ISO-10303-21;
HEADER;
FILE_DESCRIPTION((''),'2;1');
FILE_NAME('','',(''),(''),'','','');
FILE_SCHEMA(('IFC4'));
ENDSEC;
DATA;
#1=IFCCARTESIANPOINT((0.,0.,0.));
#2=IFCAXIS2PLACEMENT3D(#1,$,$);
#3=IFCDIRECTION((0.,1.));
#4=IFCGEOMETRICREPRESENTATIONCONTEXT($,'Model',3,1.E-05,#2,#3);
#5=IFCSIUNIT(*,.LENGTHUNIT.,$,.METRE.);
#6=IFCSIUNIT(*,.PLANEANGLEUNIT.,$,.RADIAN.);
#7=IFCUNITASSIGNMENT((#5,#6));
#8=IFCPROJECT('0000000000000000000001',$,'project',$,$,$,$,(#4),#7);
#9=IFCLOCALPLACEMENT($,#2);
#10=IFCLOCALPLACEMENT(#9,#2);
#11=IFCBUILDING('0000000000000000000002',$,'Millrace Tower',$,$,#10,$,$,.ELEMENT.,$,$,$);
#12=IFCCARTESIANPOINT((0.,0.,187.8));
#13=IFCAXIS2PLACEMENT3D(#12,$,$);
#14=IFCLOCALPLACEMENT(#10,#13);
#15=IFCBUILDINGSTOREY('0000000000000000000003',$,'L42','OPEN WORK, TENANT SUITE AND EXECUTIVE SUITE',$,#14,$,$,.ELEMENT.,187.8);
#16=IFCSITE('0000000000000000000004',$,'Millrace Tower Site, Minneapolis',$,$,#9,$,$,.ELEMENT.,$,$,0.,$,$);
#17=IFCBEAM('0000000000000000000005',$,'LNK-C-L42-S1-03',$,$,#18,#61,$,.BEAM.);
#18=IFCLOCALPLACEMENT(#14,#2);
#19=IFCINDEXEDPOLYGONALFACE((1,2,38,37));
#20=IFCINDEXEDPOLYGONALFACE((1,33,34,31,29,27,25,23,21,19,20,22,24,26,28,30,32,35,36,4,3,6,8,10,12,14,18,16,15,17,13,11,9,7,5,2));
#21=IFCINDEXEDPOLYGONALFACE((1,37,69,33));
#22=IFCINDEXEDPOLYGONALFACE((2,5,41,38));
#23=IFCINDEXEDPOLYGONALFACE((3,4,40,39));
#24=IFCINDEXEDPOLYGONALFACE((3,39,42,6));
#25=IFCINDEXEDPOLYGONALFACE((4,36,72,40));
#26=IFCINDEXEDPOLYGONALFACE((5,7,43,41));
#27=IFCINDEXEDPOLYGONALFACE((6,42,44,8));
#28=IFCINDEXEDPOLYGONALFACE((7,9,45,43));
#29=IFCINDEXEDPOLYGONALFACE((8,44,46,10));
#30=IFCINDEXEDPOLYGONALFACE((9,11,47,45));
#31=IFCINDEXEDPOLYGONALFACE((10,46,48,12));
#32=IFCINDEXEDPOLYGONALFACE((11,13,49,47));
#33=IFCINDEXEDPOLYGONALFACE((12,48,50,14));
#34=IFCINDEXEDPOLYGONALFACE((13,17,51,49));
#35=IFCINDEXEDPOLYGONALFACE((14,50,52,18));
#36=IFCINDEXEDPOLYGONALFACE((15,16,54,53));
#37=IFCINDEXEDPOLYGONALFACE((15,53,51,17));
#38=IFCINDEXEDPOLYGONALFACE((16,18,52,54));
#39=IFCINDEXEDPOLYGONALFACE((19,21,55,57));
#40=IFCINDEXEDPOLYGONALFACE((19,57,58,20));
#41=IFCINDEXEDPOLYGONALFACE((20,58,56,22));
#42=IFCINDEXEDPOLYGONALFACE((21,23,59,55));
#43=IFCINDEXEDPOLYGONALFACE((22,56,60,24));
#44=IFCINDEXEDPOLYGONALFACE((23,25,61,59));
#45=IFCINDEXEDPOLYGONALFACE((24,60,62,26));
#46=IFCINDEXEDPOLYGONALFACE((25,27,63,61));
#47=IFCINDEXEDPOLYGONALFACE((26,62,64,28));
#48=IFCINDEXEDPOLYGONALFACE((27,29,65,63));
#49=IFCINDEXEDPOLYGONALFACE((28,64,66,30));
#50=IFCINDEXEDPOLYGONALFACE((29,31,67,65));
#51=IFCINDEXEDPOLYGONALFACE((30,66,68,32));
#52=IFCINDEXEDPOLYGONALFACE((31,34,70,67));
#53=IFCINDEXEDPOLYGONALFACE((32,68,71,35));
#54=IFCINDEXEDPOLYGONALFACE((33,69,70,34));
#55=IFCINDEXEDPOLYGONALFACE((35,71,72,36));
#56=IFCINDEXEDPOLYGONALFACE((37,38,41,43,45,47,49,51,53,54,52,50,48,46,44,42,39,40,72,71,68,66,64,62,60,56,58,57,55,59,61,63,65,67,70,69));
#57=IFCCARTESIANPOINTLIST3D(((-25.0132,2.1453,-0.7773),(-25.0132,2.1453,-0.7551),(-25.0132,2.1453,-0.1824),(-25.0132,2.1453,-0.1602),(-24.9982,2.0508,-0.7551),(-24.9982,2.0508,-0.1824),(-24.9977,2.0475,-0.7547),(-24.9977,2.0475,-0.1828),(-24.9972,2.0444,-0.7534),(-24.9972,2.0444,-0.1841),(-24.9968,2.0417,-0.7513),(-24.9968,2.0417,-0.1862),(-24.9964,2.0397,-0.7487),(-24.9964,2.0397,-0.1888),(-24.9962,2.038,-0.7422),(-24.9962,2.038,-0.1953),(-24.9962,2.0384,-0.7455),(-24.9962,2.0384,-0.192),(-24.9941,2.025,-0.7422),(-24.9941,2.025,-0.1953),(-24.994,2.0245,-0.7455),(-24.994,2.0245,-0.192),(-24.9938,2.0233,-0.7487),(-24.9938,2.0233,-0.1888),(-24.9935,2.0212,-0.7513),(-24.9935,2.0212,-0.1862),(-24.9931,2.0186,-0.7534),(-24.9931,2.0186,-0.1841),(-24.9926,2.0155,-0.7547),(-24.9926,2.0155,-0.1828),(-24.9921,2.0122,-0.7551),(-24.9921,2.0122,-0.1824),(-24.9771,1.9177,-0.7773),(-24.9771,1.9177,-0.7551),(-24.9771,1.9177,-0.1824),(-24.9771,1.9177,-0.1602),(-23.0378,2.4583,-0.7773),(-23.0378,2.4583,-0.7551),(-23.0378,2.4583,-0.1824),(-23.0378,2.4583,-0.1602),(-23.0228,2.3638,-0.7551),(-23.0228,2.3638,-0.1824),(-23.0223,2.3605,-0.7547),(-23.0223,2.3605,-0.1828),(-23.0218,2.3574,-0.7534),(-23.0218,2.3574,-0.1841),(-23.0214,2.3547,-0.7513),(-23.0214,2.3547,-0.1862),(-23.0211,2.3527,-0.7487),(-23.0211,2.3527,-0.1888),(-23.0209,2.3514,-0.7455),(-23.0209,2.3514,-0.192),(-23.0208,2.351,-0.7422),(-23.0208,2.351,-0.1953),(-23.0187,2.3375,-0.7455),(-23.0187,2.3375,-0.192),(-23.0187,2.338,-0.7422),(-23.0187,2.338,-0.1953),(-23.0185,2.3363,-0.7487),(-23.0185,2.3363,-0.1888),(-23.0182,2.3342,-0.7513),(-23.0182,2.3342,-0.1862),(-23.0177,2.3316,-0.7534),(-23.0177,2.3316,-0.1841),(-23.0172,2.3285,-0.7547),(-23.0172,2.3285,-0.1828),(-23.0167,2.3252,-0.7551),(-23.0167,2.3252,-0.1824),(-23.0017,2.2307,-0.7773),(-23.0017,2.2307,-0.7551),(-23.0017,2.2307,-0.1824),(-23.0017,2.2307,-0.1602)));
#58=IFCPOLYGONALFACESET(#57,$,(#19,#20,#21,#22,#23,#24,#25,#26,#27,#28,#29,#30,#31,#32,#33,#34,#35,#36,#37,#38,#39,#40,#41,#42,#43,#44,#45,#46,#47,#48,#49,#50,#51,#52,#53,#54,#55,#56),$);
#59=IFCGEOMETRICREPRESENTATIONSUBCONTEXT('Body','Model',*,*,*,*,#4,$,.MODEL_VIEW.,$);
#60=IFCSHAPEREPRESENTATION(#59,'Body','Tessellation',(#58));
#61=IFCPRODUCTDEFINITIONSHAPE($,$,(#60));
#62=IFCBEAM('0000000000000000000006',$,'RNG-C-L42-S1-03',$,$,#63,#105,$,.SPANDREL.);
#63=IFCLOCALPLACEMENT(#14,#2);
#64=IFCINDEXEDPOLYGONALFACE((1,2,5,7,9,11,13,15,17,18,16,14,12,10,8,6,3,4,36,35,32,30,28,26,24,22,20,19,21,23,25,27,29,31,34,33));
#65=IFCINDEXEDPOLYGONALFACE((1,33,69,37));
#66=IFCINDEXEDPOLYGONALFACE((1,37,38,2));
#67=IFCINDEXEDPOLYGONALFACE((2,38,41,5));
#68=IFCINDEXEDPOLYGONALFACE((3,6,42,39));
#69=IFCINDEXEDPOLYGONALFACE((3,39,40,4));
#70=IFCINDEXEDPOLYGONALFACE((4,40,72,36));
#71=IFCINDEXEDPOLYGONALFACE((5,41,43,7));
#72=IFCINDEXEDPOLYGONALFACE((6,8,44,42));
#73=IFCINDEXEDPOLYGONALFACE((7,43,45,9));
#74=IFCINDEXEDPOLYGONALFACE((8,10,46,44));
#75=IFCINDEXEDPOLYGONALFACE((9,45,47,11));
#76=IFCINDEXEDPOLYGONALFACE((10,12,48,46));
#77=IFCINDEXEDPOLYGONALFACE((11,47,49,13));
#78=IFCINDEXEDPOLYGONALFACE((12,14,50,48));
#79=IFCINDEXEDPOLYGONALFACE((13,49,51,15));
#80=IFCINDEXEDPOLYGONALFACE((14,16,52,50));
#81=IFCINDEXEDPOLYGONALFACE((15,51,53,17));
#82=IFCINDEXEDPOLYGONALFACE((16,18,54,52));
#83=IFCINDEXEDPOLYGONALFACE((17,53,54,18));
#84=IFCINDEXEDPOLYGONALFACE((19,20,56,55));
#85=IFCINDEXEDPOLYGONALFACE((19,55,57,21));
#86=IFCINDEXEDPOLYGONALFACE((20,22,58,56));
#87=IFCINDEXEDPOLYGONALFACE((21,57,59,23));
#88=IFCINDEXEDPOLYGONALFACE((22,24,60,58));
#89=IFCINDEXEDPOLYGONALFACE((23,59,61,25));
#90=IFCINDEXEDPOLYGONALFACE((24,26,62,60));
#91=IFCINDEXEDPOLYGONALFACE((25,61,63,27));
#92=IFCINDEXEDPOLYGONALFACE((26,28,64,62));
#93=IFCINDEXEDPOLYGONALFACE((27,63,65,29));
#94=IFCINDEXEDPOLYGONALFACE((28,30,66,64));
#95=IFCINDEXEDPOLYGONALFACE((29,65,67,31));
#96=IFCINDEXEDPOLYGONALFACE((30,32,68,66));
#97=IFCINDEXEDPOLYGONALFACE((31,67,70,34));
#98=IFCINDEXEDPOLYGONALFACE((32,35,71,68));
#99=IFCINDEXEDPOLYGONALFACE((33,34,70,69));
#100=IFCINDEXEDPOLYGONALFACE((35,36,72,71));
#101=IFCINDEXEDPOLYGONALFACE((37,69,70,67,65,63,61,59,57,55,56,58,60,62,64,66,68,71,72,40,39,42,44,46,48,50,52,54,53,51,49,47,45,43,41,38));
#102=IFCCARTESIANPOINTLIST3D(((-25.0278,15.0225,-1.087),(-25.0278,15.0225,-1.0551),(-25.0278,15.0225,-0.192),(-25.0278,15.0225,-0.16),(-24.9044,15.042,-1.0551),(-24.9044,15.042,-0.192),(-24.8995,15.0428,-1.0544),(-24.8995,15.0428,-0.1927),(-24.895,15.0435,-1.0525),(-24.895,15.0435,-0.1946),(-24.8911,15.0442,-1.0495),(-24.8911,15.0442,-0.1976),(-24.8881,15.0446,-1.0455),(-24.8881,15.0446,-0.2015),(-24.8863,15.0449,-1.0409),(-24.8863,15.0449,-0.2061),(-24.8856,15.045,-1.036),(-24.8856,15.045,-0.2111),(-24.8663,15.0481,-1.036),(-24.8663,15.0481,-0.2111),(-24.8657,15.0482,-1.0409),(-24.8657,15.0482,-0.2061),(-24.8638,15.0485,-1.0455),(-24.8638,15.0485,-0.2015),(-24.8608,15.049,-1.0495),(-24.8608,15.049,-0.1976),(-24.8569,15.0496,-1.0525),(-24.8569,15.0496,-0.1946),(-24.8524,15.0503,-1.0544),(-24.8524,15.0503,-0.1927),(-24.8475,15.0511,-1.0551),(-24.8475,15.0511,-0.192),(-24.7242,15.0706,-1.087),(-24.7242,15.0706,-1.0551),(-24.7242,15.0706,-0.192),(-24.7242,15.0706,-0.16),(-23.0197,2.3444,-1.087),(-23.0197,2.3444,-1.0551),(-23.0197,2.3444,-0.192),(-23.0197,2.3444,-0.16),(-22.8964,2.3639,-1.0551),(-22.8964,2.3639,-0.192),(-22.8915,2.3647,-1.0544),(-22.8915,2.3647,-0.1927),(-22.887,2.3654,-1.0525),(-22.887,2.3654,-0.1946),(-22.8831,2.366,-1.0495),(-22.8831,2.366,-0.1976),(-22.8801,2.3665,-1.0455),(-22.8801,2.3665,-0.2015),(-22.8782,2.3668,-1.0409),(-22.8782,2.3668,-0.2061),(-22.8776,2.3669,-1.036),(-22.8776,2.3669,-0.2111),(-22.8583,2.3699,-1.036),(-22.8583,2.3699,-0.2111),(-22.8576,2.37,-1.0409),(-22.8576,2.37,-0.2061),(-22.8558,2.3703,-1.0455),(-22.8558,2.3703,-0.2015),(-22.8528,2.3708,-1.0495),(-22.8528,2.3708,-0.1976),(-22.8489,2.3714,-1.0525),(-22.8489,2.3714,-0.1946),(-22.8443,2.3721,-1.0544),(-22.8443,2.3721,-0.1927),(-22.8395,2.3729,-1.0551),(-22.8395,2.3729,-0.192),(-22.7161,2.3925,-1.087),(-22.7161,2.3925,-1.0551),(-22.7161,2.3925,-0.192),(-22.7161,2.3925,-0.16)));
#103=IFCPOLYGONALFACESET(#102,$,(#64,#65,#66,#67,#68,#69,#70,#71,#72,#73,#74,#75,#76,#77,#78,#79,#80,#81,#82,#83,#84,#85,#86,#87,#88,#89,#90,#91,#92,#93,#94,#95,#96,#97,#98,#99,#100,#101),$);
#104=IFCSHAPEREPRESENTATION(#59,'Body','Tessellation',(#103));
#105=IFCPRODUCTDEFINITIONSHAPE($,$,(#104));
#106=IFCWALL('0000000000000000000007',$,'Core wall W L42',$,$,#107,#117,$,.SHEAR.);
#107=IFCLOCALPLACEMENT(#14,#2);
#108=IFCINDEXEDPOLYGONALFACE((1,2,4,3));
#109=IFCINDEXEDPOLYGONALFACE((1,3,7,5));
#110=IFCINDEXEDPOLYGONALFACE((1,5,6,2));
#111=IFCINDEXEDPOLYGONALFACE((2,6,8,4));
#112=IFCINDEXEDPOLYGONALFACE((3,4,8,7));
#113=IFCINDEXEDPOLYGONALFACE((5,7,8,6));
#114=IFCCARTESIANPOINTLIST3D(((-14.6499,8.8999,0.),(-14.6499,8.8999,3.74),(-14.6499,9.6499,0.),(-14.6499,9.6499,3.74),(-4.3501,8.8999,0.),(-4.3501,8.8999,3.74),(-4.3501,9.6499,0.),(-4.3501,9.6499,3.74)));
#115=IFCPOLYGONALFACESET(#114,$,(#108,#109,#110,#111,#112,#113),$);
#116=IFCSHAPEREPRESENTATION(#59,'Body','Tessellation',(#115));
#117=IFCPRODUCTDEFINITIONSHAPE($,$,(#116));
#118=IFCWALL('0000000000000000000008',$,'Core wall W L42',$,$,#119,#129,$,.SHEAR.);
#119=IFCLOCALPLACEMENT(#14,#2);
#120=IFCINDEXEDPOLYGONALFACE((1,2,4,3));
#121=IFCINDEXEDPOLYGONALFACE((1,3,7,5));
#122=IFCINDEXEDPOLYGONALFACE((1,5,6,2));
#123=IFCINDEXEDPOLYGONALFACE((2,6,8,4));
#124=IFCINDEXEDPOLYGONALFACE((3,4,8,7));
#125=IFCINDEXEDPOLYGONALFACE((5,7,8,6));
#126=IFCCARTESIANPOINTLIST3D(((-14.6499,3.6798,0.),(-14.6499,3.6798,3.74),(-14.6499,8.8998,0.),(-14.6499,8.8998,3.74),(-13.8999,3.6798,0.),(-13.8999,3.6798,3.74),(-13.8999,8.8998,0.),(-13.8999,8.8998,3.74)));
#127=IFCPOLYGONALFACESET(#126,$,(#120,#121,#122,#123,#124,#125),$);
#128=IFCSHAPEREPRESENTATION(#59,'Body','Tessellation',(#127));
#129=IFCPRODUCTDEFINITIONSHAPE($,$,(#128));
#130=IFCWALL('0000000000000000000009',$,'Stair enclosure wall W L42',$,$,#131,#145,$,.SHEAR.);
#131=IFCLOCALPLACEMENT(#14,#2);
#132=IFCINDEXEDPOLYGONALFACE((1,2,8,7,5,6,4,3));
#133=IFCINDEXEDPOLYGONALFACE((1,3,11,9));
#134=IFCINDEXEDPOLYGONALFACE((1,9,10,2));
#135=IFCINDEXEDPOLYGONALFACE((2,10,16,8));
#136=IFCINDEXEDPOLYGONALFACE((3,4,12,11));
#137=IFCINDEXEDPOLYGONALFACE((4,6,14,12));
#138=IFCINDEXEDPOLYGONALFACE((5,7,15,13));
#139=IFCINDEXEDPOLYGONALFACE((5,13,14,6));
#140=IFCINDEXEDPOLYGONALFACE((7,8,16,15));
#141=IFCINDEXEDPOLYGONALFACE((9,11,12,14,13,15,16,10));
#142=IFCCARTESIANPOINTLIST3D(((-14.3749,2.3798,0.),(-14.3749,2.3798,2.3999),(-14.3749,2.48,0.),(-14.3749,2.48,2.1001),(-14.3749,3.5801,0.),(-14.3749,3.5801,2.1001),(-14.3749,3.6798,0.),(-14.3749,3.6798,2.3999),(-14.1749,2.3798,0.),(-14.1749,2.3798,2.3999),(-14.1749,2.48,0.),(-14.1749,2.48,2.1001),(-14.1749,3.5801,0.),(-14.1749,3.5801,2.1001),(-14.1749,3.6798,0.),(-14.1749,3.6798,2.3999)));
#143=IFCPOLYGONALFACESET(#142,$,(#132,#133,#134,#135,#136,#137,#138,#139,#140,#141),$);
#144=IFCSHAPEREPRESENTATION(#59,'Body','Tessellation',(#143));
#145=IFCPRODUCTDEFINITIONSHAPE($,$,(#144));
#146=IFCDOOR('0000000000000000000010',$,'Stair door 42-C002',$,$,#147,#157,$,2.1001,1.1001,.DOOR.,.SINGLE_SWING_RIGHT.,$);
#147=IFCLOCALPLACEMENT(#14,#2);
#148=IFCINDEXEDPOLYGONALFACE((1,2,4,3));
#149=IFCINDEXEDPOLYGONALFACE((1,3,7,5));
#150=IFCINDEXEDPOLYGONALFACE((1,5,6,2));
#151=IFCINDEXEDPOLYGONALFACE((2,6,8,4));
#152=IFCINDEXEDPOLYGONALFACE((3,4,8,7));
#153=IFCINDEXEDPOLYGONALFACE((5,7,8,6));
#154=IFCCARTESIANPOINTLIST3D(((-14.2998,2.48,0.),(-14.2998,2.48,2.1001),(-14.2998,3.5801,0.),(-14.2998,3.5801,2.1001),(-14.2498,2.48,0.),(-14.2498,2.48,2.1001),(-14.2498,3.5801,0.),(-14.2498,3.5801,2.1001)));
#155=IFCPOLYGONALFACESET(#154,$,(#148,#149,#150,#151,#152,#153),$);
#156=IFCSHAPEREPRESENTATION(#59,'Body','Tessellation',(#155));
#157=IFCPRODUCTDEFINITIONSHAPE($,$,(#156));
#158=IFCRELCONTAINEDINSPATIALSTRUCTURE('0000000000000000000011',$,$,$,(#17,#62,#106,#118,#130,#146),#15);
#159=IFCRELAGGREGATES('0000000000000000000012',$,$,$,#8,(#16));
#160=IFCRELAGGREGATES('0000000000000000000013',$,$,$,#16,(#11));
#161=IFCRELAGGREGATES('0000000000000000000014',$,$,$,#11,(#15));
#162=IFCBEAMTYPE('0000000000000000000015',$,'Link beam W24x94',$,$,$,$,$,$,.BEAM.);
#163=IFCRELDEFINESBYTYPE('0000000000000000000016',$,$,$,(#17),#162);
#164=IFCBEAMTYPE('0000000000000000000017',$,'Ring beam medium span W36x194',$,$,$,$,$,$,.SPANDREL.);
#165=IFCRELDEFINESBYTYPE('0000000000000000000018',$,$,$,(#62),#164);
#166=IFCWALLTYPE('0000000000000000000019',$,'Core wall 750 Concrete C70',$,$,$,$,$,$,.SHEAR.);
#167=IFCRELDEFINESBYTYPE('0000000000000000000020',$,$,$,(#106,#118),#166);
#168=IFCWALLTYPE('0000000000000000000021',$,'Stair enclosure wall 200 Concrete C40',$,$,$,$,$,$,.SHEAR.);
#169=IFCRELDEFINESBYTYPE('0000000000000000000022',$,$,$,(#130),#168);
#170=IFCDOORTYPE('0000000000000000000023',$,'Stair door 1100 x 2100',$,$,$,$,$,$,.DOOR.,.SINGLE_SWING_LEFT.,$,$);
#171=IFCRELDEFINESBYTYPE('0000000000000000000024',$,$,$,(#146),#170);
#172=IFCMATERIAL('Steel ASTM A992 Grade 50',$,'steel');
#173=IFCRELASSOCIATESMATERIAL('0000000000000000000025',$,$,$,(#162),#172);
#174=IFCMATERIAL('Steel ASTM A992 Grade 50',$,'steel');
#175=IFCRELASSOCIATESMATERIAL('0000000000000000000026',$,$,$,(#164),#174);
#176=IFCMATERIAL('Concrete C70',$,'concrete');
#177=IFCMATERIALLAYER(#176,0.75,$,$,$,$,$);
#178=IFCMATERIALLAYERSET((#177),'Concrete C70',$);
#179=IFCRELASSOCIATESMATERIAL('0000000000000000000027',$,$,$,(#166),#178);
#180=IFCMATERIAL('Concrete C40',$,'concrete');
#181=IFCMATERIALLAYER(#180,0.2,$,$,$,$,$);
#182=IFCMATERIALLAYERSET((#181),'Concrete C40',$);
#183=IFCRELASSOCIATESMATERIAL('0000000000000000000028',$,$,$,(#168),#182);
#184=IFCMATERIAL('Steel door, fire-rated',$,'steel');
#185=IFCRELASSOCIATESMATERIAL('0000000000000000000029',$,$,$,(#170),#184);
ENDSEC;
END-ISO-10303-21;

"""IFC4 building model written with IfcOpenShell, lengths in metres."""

from ifc_helpers import new_model, si_unit, direction, frame, frame_2d, origin, origin_2d, place, context, subcontext, project, spatial, rectangle, i_section, extrude, material, layer, layer_set, material_profile, profile_set, type_object, element, fill, save


model = new_model("IFC4")

# Units and contexts
model_context = context("Model", 3, precision=1e-05, world=origin(), true_north=direction((0.0, 1.0)))
body_context = subcontext(model_context, "Body", "Model", "MODEL_VIEW")
ifc_project = project(units=[si_unit("LENGTHUNIT", "METRE"), si_unit("PLANEANGLEUNIT", "RADIAN")], contexts=[model_context])

# Site, building, storey
site_placement = place(None, origin())
site = spatial("IfcSite", under=ifc_project, at=site_placement, Name="Millrace Tower Site, Minneapolis", CompositionType="ELEMENT", RefElevation=0.0)
building_placement = place(site_placement, origin())
building = spatial("IfcBuilding", under=site, at=building_placement, Name="Millrace Tower", CompositionType="ELEMENT")
storey_placement = place(building_placement, frame((0.0, 0.0, 187.8)))
storey = spatial("IfcBuildingStorey", under=building, at=storey_placement, Name="L42", Description="OPEN WORK, TENANT SUITE AND EXECUTIVE SUITE", CompositionType="ELEMENT", Elevation=187.8)

# Beams
ifc_material_1 = material(Name="Steel ASTM A992 Grade 50", Category="steel")
ifc_material_profile_1 = material_profile(ifc_material_1, i_section(OverallWidth=0.2305, OverallDepth=0.6172, WebThickness=0.0132, FlangeThickness=0.0222, FilletRadius=0.0129, at=origin_2d()))
ifc_profile_set_1 = profile_set([ifc_material_profile_1], Name="Steel ASTM A992 Grade 50")
beam_type_1 = type_object("IfcBeamType", Name="Link beam W24x94", PredefinedType="BEAM", material=ifc_profile_set_1)
beam_1_placement = place(storey_placement, frame((-23.0198, 2.3445, -0.4688), z_axis=(-0.987679, -0.156495, 0.0), x_axis=(0.156495, -0.987679, 0.0)))
element("IfcBeam", 1, at=beam_1_placement, inside=storey, type_object=beam_type_1, Name="LNK-C-L42-S1-03", PredefinedType="BEAM", context=body_context, shape_type="SweptSolid", body=[
    extrude(i_section(OverallWidth=0.2305, OverallDepth=0.6172, WebThickness=0.0132, FlangeThickness=0.0222, FilletRadius=0.0129, at=origin_2d()), origin(), (0.0, 0.0, 1.0), 2.0),
])
ifc_material_2 = material(Name="Steel ASTM A992 Grade 50", Category="steel")
ifc_material_profile_2 = material_profile(ifc_material_2, i_section(OverallWidth=0.3074, OverallDepth=0.927, WebThickness=0.0195, FlangeThickness=0.032, FilletRadius=0.019, at=origin_2d()))
ifc_profile_set_2 = profile_set([ifc_material_profile_2], Name="Steel ASTM A992 Grade 50")
beam_type_2 = type_object("IfcBeamType", Name="Ring beam medium span W36x194", PredefinedType="SPANDREL", material=ifc_profile_set_2)
beam_2_placement = place(storey_placement, frame((-22.8679, 2.3684, -0.6235), z_axis=(-0.156436, 0.987688, 0.0), x_axis=(-0.987688, -0.156436, 0.0)))
element("IfcBeam", 2, at=beam_2_placement, inside=storey, type_object=beam_type_2, Name="RNG-C-L42-S1-03", PredefinedType="SPANDREL", context=body_context, shape_type="SweptSolid", body=[
    extrude(i_section(OverallWidth=0.3074, OverallDepth=0.927, WebThickness=0.0195, FlangeThickness=0.032, FilletRadius=0.019, at=origin_2d()), origin(), (0.0, 0.0, 1.0), 12.8362),
])

# Walls
ifc_material_3 = material(Name="Concrete C70", Category="concrete")
ifc_layer_1 = layer(ifc_material_3, 0.75)
ifc_layer_set_1 = layer_set([ifc_layer_1], Name="Concrete C70")
wall_type_1 = type_object("IfcWallType", Name="Core wall 750 Concrete C70", PredefinedType="SHEAR", material=ifc_layer_set_1)
wall_1_placement = place(storey_placement, frame((-14.6499, 9.2749, 0.0), z_axis=(0.0, 0.0, 1.0), x_axis=(1.0, 0.0, 0.0)))
element("IfcWall", 3, at=wall_1_placement, inside=storey, type_object=wall_type_1, Name="Core wall W L42", PredefinedType="SHEAR", context=body_context, shape_type="SweptSolid", body=[
    extrude(rectangle(XDim=10.2998, YDim=0.75, at=frame_2d((5.1499, 0.0))), origin(), (0.0, 0.0, 1.0), 3.74),
])
wall_2_placement = place(storey_placement, frame((-14.2749, 3.6799, 0.0), z_axis=(0.0, 0.0, 1.0), x_axis=(0.0, 1.0, 0.0)))
element("IfcWall", 4, at=wall_2_placement, inside=storey, type_object=wall_type_1, Name="Core wall W L42", PredefinedType="SHEAR", context=body_context, shape_type="SweptSolid", body=[
    extrude(rectangle(XDim=5.22, YDim=0.75, at=frame_2d((2.6099, 0.0))), origin(), (0.0, 0.0, 1.0), 3.74),
])

# Wall, opening, door
ifc_material_4 = material(Name="Concrete C40", Category="concrete")
ifc_layer_2 = layer(ifc_material_4, 0.2)
ifc_layer_set_2 = layer_set([ifc_layer_2], Name="Concrete C40")
wall_type_2 = type_object("IfcWallType", Name="Stair enclosure wall 200 Concrete C40", PredefinedType="SHEAR", material=ifc_layer_set_2)
wall_3_placement = place(storey_placement, frame((-14.2749, 2.3799, 0.0), z_axis=(0.0, 0.0, 1.0), x_axis=(0.0, 1.0, 0.0)))
wall_3 = element("IfcWall", 5, at=wall_3_placement, inside=storey, type_object=wall_type_2, Name="Stair enclosure wall W L42", PredefinedType="SHEAR", context=body_context, shape_type="SweptSolid", body=[
    extrude(rectangle(XDim=1.3, YDim=0.2, at=frame_2d((0.6499, 0.0))), origin(), (0.0, 0.0, 1.0), 2.3999),
])
opening_1_placement = place(wall_3_placement, frame((0.1001, 0.0, 0.0)))
opening_1 = element("IfcOpeningElement", 6, at=opening_1_placement, cuts=wall_3, PredefinedType="OPENING", context=body_context, shape_type="SweptSolid", body=[
    extrude(rectangle(XDim=1.1001, YDim=2.1001, at=frame_2d((0.55, 1.05))), frame((0.0, 0.1099, 0.0), z_axis=(0.0, -1.0, 0.0), x_axis=(1.0, 0.0, 0.0)), (0.0, 0.0, 1.0), 0.22),
])
ifc_material_5 = material(Name="Steel door, fire-rated", Category="steel")
door_type_1 = type_object("IfcDoorType", Name="Stair door 1100 x 2100", OperationType="SINGLE_SWING_LEFT", PredefinedType="DOOR", material=ifc_material_5)
door_1_placement = place(opening_1_placement, origin())
door_1 = element("IfcDoor", 7, at=door_1_placement, inside=storey, type_object=door_type_1, Name="Stair door 42-C002", OperationType="SINGLE_SWING_RIGHT", OverallHeight=2.1001, OverallWidth=1.1001, PredefinedType="DOOR", context=body_context, shape_type="SweptSolid", body=[
    extrude(rectangle(XDim=1.1001, YDim=2.1001, at=frame_2d((0.55, 1.05))), frame((0.0, 0.0249, 0.0), z_axis=(0.0, -1.0, 0.0), x_axis=(1.0, 0.0, 0.0)), (0.0, 0.0, 1.0), 0.05),
])
fill(opening_1, door_1)

save(model, "model.ifc")
